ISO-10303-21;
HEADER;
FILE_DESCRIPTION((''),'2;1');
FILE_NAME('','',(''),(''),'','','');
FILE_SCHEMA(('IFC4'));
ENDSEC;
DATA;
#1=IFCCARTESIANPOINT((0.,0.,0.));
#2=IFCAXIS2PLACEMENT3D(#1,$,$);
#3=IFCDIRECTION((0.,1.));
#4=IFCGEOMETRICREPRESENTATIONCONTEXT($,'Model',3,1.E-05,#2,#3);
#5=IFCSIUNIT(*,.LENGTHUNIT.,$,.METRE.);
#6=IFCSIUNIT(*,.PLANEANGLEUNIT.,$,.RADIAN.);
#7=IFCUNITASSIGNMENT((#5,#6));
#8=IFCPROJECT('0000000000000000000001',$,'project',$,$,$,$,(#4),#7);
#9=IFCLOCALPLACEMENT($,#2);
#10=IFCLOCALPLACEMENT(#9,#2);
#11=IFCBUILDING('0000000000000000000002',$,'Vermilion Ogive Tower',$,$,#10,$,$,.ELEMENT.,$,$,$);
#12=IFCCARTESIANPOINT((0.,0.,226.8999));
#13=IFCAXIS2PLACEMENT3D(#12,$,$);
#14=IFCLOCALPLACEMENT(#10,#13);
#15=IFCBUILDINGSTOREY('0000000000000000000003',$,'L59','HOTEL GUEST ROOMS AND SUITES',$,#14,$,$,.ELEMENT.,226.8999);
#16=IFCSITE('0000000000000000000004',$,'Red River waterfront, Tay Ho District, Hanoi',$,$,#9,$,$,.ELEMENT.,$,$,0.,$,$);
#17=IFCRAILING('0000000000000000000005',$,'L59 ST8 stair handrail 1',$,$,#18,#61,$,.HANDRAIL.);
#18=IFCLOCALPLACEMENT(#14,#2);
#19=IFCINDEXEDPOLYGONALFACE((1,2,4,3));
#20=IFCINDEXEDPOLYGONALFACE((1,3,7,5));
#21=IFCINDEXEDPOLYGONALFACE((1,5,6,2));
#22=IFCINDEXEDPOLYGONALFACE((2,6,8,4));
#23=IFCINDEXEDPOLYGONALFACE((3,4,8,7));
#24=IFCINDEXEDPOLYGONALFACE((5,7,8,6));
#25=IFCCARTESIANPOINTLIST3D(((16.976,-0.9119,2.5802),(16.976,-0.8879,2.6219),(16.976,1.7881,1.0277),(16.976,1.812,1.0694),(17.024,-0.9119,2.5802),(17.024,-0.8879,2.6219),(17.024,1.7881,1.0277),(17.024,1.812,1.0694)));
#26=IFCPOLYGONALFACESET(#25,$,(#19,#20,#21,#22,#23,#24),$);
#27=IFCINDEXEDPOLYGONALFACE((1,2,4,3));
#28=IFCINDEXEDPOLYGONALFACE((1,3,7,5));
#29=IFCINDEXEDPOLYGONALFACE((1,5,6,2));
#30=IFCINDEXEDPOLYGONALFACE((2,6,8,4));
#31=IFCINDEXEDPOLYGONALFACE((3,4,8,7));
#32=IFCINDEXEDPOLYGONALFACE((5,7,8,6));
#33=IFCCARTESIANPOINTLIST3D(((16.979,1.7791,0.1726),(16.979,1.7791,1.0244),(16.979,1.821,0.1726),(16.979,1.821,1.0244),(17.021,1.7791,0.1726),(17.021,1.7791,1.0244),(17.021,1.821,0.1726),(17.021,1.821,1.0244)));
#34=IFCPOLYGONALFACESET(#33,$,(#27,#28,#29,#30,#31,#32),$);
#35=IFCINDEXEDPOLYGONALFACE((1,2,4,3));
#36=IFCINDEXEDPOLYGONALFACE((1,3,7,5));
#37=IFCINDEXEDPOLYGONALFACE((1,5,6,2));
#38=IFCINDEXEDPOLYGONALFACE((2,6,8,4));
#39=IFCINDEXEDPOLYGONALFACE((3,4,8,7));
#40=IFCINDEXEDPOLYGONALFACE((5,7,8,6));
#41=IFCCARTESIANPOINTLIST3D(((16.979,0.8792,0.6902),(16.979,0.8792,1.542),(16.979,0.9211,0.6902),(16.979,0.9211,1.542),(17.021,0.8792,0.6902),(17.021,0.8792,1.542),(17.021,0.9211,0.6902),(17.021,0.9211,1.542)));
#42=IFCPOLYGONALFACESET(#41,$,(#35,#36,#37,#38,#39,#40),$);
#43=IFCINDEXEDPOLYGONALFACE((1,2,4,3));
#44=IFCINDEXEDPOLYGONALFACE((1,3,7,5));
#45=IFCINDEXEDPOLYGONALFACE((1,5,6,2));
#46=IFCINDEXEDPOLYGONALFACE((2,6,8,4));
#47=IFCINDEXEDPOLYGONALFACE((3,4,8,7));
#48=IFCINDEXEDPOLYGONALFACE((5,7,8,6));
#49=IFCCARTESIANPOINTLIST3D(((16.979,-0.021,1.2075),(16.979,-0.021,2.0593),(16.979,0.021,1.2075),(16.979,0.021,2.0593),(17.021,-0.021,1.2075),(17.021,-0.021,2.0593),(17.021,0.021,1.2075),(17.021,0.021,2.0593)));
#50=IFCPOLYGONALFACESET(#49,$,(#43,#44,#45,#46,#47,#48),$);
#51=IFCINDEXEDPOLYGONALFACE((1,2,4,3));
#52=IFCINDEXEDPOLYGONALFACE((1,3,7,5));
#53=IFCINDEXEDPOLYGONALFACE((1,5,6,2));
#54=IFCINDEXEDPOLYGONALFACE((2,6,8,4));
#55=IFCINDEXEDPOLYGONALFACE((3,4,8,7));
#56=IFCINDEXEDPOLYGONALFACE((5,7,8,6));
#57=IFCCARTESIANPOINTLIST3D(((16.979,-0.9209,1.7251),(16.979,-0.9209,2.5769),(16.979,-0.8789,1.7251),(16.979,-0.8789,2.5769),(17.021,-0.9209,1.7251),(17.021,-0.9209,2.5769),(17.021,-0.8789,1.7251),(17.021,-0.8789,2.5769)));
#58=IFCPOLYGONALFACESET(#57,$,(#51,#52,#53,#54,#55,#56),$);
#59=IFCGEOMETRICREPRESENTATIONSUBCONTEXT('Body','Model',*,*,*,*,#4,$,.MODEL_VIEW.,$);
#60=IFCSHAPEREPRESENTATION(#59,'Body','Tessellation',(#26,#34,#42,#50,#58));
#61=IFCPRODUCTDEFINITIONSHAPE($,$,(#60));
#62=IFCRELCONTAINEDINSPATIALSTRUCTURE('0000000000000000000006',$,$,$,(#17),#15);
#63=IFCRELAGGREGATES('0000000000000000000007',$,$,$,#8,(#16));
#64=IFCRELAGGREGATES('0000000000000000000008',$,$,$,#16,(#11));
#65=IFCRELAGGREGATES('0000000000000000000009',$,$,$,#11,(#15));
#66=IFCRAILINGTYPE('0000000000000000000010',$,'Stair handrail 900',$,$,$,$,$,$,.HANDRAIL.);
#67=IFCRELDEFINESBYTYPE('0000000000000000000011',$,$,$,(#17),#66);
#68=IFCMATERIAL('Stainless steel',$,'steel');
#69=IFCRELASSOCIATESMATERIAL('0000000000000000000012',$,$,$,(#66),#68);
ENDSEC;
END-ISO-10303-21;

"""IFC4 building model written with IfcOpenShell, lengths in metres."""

from ifc_helpers import new_model, si_unit, direction, frame, origin, origin_2d, place, context, subcontext, project, spatial, rectangle, extrude, material, type_object, element, save


model = new_model("IFC4")

# Units and contexts
model_context = context("Model", 3, precision=1e-05, world=origin(), true_north=direction((0.0, 1.0)))
body_context = subcontext(model_context, "Body", "Model", "MODEL_VIEW")
ifc_project = project(units=[si_unit("LENGTHUNIT", "METRE"), si_unit("PLANEANGLEUNIT", "RADIAN")], contexts=[model_context])

# Site, building, storey
site_placement = place(None, origin())
site = spatial("IfcSite", under=ifc_project, at=site_placement, Name="Red River waterfront, Tay Ho District, Hanoi", CompositionType="ELEMENT", RefElevation=0.0)
building_placement = place(site_placement, origin())
building = spatial("IfcBuilding", under=site, at=building_placement, Name="Vermilion Ogive Tower", CompositionType="ELEMENT")
storey_placement = place(building_placement, frame((0.0, 0.0, 226.8999)))
storey = spatial("IfcBuildingStorey", under=building, at=storey_placement, Name="L59", Description="HOTEL GUEST ROOMS AND SUITES", CompositionType="ELEMENT", Elevation=226.8999)

# Railing
ifc_material_1 = material(Name="Stainless steel", Category="steel")
railing_type_1 = type_object("IfcRailingType", Name="Stair handrail 900", PredefinedType="HANDRAIL", material=ifc_material_1)
railing_1_placement = place(storey_placement, frame((17.0, 1.8, 0.1726)))
element("IfcRailing", 1, at=railing_1_placement, inside=storey, type_object=railing_type_1, Name="L59 ST8 stair handrail 1", PredefinedType="HANDRAIL", context=body_context, shape_type="SweptSolid", body=[
    extrude(rectangle(XDim=0.0481, YDim=0.0481, at=origin_2d()), frame((0.0, 0.0, 0.876), z_axis=(0.0, -0.866904, 0.498476), x_axis=(1.0, 0.0, 0.0)), (0.0, 0.0, 1.0), 3.1145),
    extrude(rectangle(XDim=0.042, YDim=0.042, at=origin_2d()), origin(), (0.0, 0.0, 1.0), 0.8518),
    extrude(rectangle(XDim=0.042, YDim=0.042, at=origin_2d()), frame((0.0, -0.8999, 0.5176)), (0.0, 0.0, 1.0), 0.8518),
    extrude(rectangle(XDim=0.042, YDim=0.042, at=origin_2d()), frame((0.0, -1.8, 1.0349)), (0.0, 0.0, 1.0), 0.8518),
    extrude(rectangle(XDim=0.042, YDim=0.042, at=origin_2d()), frame((0.0, -2.7, 1.5525)), (0.0, 0.0, 1.0), 0.8518),
])

save(model, "model.ifc")
